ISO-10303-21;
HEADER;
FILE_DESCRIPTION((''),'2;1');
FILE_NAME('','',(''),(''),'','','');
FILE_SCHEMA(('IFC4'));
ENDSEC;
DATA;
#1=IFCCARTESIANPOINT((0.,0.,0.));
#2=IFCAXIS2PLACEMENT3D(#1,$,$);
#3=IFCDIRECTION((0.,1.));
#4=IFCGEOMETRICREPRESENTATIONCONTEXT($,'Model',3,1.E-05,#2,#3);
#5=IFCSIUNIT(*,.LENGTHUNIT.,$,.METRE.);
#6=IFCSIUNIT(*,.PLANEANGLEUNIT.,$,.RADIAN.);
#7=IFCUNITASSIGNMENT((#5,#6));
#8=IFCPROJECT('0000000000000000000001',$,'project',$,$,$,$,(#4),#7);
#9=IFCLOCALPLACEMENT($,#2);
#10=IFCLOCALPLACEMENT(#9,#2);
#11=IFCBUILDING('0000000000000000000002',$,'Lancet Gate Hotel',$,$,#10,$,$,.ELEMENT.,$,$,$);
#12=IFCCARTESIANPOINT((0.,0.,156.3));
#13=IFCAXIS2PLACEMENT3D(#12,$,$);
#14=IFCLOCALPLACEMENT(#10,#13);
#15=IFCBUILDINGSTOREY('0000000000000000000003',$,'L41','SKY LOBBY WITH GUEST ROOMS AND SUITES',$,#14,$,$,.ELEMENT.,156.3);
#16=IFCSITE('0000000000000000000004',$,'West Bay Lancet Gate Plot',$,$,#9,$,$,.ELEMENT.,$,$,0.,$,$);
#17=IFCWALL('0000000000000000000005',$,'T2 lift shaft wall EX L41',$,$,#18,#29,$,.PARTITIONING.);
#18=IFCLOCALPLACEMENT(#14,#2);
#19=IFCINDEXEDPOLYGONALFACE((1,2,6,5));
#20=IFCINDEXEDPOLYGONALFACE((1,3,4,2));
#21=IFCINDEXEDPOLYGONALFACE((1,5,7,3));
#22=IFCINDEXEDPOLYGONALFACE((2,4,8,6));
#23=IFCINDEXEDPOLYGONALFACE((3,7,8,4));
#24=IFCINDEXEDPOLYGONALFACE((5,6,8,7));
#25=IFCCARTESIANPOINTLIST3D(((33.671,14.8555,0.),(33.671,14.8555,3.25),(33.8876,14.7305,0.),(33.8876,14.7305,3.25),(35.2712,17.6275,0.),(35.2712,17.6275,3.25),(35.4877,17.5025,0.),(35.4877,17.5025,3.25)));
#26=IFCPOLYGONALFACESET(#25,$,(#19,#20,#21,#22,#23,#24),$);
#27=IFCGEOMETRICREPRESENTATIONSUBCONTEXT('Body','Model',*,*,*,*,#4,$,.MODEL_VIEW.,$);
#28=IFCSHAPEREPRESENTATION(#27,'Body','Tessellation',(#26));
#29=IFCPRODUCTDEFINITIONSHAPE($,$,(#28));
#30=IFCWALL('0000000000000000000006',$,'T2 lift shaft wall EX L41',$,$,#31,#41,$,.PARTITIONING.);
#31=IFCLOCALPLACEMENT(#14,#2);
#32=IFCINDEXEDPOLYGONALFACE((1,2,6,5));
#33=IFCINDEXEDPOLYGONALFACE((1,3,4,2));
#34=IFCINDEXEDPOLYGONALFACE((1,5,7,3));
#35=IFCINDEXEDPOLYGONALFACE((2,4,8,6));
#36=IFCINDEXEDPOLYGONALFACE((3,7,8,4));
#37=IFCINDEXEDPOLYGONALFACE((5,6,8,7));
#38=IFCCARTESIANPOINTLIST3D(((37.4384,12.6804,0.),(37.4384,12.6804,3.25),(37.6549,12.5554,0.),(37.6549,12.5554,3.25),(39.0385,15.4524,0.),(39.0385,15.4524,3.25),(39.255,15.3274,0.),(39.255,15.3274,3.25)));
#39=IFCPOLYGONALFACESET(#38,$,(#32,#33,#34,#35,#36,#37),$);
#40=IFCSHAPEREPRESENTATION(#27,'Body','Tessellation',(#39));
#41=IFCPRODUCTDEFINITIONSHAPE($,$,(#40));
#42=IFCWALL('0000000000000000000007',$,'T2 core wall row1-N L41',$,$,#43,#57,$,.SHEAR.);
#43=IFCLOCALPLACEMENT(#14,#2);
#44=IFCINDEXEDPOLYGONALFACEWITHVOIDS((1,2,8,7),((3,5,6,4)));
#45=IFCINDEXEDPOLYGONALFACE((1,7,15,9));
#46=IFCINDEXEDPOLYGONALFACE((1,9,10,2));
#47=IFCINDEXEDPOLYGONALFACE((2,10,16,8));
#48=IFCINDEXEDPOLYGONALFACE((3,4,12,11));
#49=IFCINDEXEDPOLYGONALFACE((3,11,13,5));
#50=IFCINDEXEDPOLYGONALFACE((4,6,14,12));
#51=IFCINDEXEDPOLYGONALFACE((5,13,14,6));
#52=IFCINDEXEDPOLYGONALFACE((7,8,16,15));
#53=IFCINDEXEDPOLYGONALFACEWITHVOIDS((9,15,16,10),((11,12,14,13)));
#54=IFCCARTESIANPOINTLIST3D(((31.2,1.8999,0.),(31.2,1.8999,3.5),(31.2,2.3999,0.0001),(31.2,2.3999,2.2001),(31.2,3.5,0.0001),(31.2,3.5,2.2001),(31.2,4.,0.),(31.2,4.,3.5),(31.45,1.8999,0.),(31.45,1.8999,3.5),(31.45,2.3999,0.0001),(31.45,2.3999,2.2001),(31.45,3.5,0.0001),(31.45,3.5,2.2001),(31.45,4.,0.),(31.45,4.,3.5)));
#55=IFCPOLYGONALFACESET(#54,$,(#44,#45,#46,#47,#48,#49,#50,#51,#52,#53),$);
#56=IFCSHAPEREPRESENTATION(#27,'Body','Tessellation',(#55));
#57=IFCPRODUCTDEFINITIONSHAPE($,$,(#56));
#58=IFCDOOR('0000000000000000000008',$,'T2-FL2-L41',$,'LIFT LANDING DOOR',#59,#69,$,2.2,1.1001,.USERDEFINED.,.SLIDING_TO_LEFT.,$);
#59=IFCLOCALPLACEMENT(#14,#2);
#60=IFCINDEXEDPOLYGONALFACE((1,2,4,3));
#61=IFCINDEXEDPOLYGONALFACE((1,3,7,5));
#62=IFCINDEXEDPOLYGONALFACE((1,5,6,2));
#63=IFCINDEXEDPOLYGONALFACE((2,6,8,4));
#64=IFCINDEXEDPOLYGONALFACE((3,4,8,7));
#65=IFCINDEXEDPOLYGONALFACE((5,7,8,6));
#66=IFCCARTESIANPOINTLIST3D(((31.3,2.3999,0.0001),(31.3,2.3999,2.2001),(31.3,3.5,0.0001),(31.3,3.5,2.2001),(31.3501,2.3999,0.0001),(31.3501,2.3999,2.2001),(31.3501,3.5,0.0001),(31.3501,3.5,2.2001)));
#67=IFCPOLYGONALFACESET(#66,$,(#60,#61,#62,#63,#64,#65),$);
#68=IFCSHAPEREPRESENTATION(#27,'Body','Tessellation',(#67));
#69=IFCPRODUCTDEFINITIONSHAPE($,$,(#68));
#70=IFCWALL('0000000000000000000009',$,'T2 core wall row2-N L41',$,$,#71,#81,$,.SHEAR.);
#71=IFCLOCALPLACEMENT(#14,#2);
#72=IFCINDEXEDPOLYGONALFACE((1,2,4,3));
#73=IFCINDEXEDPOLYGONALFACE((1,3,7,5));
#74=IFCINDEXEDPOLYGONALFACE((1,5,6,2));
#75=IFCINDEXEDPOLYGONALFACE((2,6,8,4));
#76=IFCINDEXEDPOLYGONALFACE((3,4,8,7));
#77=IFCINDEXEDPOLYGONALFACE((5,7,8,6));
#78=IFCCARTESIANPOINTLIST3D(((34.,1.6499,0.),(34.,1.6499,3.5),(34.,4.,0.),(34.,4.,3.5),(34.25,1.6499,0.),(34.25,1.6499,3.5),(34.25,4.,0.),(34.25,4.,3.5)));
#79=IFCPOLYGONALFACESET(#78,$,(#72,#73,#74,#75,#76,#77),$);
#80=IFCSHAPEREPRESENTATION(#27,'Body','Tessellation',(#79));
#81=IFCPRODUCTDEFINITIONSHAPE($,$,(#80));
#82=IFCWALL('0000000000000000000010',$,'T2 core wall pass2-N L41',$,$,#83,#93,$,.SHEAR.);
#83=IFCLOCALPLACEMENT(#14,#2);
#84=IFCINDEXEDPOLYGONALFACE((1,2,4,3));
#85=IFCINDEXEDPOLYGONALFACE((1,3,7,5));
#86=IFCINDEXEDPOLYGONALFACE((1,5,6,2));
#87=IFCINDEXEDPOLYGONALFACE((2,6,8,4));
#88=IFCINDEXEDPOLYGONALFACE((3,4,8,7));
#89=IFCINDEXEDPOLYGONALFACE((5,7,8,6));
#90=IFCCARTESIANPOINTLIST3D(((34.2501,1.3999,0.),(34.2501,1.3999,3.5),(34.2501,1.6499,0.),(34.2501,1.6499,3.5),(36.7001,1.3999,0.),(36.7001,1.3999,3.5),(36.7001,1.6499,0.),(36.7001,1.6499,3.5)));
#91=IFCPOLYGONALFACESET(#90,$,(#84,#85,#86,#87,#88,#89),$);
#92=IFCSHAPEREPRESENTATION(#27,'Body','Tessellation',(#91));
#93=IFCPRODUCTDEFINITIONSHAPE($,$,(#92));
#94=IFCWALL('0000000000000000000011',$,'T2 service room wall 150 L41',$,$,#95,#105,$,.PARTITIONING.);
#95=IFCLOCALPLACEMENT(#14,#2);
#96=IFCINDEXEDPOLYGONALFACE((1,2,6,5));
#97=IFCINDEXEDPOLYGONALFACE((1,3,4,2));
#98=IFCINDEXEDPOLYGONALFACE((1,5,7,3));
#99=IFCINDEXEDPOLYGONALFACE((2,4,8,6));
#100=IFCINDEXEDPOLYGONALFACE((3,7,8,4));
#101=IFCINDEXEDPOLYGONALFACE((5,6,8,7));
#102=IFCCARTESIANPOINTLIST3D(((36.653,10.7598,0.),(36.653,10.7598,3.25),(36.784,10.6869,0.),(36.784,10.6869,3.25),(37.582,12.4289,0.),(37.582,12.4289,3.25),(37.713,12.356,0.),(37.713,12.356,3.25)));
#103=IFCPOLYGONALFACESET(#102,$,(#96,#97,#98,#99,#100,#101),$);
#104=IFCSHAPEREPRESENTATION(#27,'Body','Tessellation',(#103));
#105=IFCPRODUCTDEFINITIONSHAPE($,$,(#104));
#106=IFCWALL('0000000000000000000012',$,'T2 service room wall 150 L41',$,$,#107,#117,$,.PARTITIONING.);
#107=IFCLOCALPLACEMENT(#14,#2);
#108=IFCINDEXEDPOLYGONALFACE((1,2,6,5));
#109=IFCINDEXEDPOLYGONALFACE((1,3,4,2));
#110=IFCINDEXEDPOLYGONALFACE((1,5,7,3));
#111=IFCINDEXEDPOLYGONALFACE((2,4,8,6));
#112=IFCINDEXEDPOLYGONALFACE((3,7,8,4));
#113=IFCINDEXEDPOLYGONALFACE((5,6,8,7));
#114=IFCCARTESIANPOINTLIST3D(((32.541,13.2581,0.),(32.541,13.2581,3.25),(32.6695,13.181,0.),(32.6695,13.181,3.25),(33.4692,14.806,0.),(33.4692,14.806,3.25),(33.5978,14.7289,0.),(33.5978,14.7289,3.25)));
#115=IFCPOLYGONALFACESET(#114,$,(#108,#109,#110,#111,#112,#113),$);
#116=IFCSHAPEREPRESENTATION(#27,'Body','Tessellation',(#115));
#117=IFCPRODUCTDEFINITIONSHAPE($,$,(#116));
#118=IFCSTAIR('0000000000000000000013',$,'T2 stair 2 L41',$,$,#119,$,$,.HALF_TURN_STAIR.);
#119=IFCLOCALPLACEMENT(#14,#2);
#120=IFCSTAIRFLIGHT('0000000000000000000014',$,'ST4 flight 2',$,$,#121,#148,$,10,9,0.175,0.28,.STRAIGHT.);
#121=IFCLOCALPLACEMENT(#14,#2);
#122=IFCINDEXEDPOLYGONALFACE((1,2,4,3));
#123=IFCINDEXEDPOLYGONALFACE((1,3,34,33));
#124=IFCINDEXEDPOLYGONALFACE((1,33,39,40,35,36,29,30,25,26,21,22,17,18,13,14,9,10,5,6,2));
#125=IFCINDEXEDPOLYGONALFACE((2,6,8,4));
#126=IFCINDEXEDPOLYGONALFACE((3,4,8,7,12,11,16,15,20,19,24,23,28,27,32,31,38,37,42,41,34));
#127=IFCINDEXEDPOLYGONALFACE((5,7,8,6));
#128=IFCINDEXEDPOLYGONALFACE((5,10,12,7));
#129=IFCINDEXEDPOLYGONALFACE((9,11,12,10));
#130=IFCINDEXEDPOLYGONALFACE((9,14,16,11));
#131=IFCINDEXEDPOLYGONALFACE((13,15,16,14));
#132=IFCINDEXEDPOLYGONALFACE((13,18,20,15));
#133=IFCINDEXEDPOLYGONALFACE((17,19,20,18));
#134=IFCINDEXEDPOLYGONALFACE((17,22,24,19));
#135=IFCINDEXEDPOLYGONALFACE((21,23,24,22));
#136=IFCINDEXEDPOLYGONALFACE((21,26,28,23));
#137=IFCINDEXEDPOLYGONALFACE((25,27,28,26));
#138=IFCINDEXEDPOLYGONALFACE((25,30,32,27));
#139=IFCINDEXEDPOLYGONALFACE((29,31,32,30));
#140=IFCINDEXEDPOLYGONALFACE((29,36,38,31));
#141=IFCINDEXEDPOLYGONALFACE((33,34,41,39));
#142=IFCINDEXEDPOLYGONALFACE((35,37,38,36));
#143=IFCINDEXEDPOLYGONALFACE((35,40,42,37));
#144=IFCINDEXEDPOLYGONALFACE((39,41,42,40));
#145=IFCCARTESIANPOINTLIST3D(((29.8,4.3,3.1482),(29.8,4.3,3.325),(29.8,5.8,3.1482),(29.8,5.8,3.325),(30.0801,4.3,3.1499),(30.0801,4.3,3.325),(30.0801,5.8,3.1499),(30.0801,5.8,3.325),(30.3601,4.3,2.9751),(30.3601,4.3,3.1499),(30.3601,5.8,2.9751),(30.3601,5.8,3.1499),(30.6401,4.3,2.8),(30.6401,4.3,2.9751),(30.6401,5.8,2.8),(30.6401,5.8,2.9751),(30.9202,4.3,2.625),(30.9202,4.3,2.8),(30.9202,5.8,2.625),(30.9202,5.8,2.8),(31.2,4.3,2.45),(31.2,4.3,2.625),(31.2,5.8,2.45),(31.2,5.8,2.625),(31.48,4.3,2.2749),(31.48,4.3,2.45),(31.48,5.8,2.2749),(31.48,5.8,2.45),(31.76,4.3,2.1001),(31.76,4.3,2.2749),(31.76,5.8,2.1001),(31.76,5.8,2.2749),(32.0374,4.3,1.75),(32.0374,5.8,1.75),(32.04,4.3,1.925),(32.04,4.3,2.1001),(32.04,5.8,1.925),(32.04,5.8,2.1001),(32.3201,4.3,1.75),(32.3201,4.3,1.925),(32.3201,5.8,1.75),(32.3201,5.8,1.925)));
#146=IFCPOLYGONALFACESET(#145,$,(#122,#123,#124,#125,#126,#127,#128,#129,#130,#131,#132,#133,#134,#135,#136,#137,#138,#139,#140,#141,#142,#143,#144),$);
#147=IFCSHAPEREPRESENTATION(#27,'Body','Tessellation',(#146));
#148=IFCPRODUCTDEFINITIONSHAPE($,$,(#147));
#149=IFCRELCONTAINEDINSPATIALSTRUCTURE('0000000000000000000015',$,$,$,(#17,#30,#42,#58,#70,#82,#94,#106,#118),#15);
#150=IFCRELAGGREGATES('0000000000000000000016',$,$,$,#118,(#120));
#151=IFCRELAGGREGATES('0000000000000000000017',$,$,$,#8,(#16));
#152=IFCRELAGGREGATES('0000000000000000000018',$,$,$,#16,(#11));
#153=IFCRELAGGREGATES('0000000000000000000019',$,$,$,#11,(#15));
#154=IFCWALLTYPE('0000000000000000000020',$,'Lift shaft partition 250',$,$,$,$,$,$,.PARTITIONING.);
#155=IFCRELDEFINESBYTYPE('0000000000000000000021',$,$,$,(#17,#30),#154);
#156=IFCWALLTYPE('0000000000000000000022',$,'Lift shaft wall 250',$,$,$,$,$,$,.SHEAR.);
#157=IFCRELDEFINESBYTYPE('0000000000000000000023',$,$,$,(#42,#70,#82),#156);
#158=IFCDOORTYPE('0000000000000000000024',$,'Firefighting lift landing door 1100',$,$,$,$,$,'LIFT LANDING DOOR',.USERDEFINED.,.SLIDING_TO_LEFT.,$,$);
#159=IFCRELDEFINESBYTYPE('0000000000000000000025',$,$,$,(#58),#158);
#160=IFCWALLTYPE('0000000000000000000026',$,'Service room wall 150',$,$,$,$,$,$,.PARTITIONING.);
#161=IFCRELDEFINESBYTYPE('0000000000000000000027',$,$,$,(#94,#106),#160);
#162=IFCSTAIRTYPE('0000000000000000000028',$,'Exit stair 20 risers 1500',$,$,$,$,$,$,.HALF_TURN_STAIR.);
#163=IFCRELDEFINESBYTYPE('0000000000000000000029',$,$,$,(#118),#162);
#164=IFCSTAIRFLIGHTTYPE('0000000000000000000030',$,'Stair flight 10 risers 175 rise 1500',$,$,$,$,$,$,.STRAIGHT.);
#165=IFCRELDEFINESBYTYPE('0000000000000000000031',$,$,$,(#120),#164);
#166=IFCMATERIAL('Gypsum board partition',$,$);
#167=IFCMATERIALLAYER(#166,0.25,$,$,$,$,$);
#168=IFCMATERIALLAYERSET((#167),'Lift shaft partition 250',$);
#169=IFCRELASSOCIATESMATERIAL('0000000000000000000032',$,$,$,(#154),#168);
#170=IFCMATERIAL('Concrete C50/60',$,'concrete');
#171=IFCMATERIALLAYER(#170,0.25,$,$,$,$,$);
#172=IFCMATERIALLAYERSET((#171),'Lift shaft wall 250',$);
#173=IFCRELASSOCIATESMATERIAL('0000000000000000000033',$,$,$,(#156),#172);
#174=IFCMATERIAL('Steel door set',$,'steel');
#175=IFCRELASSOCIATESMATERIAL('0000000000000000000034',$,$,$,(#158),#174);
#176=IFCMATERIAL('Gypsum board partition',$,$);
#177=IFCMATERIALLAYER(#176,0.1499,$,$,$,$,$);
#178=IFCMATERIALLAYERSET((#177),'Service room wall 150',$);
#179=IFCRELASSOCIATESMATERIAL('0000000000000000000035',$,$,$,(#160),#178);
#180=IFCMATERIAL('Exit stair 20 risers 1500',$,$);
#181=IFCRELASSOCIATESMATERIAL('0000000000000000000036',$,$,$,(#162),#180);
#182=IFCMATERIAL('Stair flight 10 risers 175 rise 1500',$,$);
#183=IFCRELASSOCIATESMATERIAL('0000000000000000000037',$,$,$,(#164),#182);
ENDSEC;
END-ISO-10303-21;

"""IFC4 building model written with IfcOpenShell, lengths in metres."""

from ifc_helpers import new_model, si_unit, direction, frame, frame_2d, origin, place, context, subcontext, project, spatial, polyline, rectangle, outline, extrude, material, layer, layer_set, type_object, element, fill, aggregate, save


model = new_model("IFC4")

# Units and contexts
model_context = context("Model", 3, precision=1e-05, world=origin(), true_north=direction((0.0, 1.0)))
body_context = subcontext(model_context, "Body", "Model", "MODEL_VIEW")
ifc_project = project(units=[si_unit("LENGTHUNIT", "METRE"), si_unit("PLANEANGLEUNIT", "RADIAN")], contexts=[model_context])

# Site, building, storey
site_placement = place(None, origin())
site = spatial("IfcSite", under=ifc_project, at=site_placement, Name="West Bay Lancet Gate Plot", CompositionType="ELEMENT", RefElevation=0.0)
building_placement = place(site_placement, origin())
building = spatial("IfcBuilding", under=site, at=building_placement, Name="Lancet Gate Hotel", CompositionType="ELEMENT")
storey_placement = place(building_placement, frame((0.0, 0.0, 156.3)))
storey = spatial("IfcBuildingStorey", under=building, at=storey_placement, Name="L41", Description="SKY LOBBY WITH GUEST ROOMS AND SUITES", CompositionType="ELEMENT", Elevation=156.3)

# Shared definitions
ifc_material_1 = material(Name="Gypsum board partition")
ifc_layer_1 = layer(ifc_material_1, 0.25)
ifc_layer_set_1 = layer_set([ifc_layer_1], Name="Lift shaft partition 250")
wall_type_1 = type_object("IfcWallType", Name="Lift shaft partition 250", PredefinedType="PARTITIONING", material=ifc_layer_set_1)

# Walls
for number, where, z_axis, x_axis, name in (
    (1, (33.7793, 14.793, 0.0), (0.0, 0.0, 1.0), (0.499929, 0.866066, 0.0), "T2 lift shaft wall EX L41"),
    (2, (37.5466, 12.6179, 0.0), (0.0, 0.0, 1.0), (0.499929, 0.866066, 0.0), "T2 lift shaft wall EX L41"),
):
    element("IfcWall", number, at=place(storey_placement, frame(where, z_axis=z_axis, x_axis=x_axis)), inside=storey, type_object=wall_type_1, Name=name, PredefinedType="PARTITIONING", context=body_context, shape_type="SweptSolid", body=[
        extrude(rectangle(XDim=3.2007, YDim=0.25, at=frame_2d((1.6003, 0.0))), origin(), (0.0, 0.0, 1.0), 3.25),
    ])

# Wall, opening, door
ifc_material_2 = material(Name="Concrete C50/60", Category="concrete")
ifc_layer_2 = layer(ifc_material_2, 0.25)
ifc_layer_set_2 = layer_set([ifc_layer_2], Name="Lift shaft wall 250")
wall_type_2 = type_object("IfcWallType", Name="Lift shaft wall 250", PredefinedType="SHEAR", material=ifc_layer_set_2)
wall_1_placement = place(storey_placement, frame((31.325, 1.8999, 0.0), z_axis=(0.0, 0.0, 1.0), x_axis=(0.0, 1.0, 0.0)))
wall_1 = element("IfcWall", 3, at=wall_1_placement, inside=storey, type_object=wall_type_2, Name="T2 core wall row1-N L41", PredefinedType="SHEAR", context=body_context, shape_type="SweptSolid", body=[
    extrude(rectangle(XDim=2.1001, YDim=0.25, at=frame_2d((1.05, 0.0))), origin(), (0.0, 0.0, 1.0), 3.5),
])
opening_1_placement = place(wall_1_placement, frame((0.5, 0.0, 0.0)))
opening_1 = element("IfcOpeningElement", 4, at=opening_1_placement, cuts=wall_1, PredefinedType="OPENING", context=body_context, shape_type="SweptSolid", body=[
    extrude(rectangle(XDim=1.1001, YDim=2.2, at=frame_2d((0.55, 1.1001))), frame((0.0, 0.135, 0.0), z_axis=(0.0, -1.0, 0.0), x_axis=(1.0, 0.0, 0.0)), (0.0, 0.0, 1.0), 0.27),
])
ifc_material_3 = material(Name="Steel door set", Category="steel")
door_type_1 = type_object("IfcDoorType", Name="Firefighting lift landing door 1100", ElementType="LIFT LANDING DOOR", OperationType="SLIDING_TO_LEFT", PredefinedType="USERDEFINED", material=ifc_material_3)
door_1_placement = place(opening_1_placement, origin())
door_1 = element("IfcDoor", 5, at=door_1_placement, inside=storey, type_object=door_type_1, Name="T2-FL2-L41", ObjectType="LIFT LANDING DOOR", OperationType="SLIDING_TO_LEFT", OverallHeight=2.2, OverallWidth=1.1001, PredefinedType="USERDEFINED", context=body_context, shape_type="SweptSolid", body=[
    extrude(rectangle(XDim=1.1001, YDim=2.2, at=frame_2d((0.55, 1.1001))), frame((0.0, 0.0249, 0.0), z_axis=(0.0, -1.0, 0.0), x_axis=(1.0, 0.0, 0.0)), (0.0, 0.0, 1.0), 0.05),
])
fill(opening_1, door_1)

# Walls
wall_2_placement = place(storey_placement, frame((34.125, 1.6499, 0.0), z_axis=(0.0, 0.0, 1.0), x_axis=(0.0, 1.0, 0.0)))
element("IfcWall", 6, at=wall_2_placement, inside=storey, type_object=wall_type_2, Name="T2 core wall row2-N L41", PredefinedType="SHEAR", context=body_context, shape_type="SweptSolid", body=[
    extrude(rectangle(XDim=2.3501, YDim=0.25, at=frame_2d((1.175, 0.0))), origin(), (0.0, 0.0, 1.0), 3.5),
])
wall_3_placement = place(storey_placement, frame((34.25, 1.5249, 0.0), z_axis=(0.0, 0.0, 1.0), x_axis=(1.0, 0.0, 0.0)))
element("IfcWall", 7, at=wall_3_placement, inside=storey, type_object=wall_type_2, Name="T2 core wall pass2-N L41", PredefinedType="SHEAR", context=body_context, shape_type="SweptSolid", body=[
    extrude(rectangle(XDim=2.45, YDim=0.25, at=frame_2d((1.2251, 0.0))), origin(), (0.0, 0.0, 1.0), 3.5),
])
ifc_material_4 = material(Name="Gypsum board partition")
ifc_layer_3 = layer(ifc_material_4, 0.1499)
ifc_layer_set_3 = layer_set([ifc_layer_3], Name="Service room wall 150")
wall_type_3 = type_object("IfcWallType", Name="Service room wall 150", PredefinedType="PARTITIONING", material=ifc_layer_set_3)
wall_4_placement = place(storey_placement, frame((36.7185, 10.7234, 0.0), z_axis=(0.0, 0.0, 1.0), x_axis=(0.486348, 0.873765, 0.0)))
element("IfcWall", 8, at=wall_4_placement, inside=storey, type_object=wall_type_3, Name="T2 service room wall 150 L41", PredefinedType="PARTITIONING", context=body_context, shape_type="SweptSolid", body=[
    extrude(rectangle(XDim=1.9102, YDim=0.1499, at=frame_2d((0.9551, 0.0))), origin(), (0.0, 0.0, 1.0), 3.25),
])
wall_5_placement = place(storey_placement, frame((33.5334, 14.7673, 0.0), z_axis=(0.0, 0.0, 1.0), x_axis=(-0.514297, -0.857612, 0.0)))
element("IfcWall", 9, at=wall_5_placement, inside=storey, type_object=wall_type_3, Name="T2 service room wall 150 L41", PredefinedType="PARTITIONING", context=body_context, shape_type="SweptSolid", body=[
    extrude(rectangle(XDim=1.8049, YDim=0.1499, at=frame_2d((0.9023, 0.0))), origin(), (0.0, 0.0, 1.0), 3.25),
])

# Stair, stair flight
ifc_material_5 = material(Name="Exit stair 20 risers 1500")
stair_type = type_object("IfcStairType", Name="Exit stair 20 risers 1500", PredefinedType="HALF_TURN_STAIR", material=ifc_material_5)
stair_placement = place(storey_placement, origin())
stair = element("IfcStair", 10, at=stair_placement, inside=storey, type_object=stair_type, Name="T2 stair 2 L41", PredefinedType="HALF_TURN_STAIR")
ifc_material_6 = material(Name="Stair flight 10 risers 175 rise 1500")
stair_flight_type = type_object("IfcStairFlightType", Name="Stair flight 10 risers 175 rise 1500", PredefinedType="STRAIGHT", material=ifc_material_6)
stair_flight_placement = place(storey_placement, frame((32.3201, 5.05, 1.75), z_axis=(0.0, 0.0, 1.0), x_axis=(-1.0, 0.0, 0.0)))
stair_flight = element("IfcStairFlight", 11, at=stair_flight_placement, type_object=stair_flight_type, Name="ST4 flight 2", NumberOfRisers=10, NumberOfTreads=9, PredefinedType="STRAIGHT", RiserHeight=0.175, TreadLength=0.28, context=body_context, shape_type="SweptSolid", body=[
    extrude(outline(polyline([(0.0, 0.0), (0.0, 0.175), (0.28, 0.175), (0.28, 0.3501), (0.5601, 0.3501), (0.5601, 0.5249), (0.8401, 0.5249), (0.8401, 0.7), (1.1201, 0.7), (1.1201, 0.875), (1.3999, 0.875), (1.3999, 1.05), (1.6799, 1.05), (1.6799, 1.2251), (1.96, 1.2251), (1.96, 1.3999), (2.24, 1.3999), (2.24, 1.575), (2.52, 1.575), (2.52, 1.75), (2.52, 1.3982), (0.2827, 0.0), (0.0, 0.0)])), frame((0.0, 0.75, 0.0), z_axis=(0.0, -1.0, 0.0), x_axis=(1.0, 0.0, 0.0)), (0.0, 0.0, 1.0), 1.5),
])
aggregate(stair, [stair_flight])

save(model, "model.ifc")
